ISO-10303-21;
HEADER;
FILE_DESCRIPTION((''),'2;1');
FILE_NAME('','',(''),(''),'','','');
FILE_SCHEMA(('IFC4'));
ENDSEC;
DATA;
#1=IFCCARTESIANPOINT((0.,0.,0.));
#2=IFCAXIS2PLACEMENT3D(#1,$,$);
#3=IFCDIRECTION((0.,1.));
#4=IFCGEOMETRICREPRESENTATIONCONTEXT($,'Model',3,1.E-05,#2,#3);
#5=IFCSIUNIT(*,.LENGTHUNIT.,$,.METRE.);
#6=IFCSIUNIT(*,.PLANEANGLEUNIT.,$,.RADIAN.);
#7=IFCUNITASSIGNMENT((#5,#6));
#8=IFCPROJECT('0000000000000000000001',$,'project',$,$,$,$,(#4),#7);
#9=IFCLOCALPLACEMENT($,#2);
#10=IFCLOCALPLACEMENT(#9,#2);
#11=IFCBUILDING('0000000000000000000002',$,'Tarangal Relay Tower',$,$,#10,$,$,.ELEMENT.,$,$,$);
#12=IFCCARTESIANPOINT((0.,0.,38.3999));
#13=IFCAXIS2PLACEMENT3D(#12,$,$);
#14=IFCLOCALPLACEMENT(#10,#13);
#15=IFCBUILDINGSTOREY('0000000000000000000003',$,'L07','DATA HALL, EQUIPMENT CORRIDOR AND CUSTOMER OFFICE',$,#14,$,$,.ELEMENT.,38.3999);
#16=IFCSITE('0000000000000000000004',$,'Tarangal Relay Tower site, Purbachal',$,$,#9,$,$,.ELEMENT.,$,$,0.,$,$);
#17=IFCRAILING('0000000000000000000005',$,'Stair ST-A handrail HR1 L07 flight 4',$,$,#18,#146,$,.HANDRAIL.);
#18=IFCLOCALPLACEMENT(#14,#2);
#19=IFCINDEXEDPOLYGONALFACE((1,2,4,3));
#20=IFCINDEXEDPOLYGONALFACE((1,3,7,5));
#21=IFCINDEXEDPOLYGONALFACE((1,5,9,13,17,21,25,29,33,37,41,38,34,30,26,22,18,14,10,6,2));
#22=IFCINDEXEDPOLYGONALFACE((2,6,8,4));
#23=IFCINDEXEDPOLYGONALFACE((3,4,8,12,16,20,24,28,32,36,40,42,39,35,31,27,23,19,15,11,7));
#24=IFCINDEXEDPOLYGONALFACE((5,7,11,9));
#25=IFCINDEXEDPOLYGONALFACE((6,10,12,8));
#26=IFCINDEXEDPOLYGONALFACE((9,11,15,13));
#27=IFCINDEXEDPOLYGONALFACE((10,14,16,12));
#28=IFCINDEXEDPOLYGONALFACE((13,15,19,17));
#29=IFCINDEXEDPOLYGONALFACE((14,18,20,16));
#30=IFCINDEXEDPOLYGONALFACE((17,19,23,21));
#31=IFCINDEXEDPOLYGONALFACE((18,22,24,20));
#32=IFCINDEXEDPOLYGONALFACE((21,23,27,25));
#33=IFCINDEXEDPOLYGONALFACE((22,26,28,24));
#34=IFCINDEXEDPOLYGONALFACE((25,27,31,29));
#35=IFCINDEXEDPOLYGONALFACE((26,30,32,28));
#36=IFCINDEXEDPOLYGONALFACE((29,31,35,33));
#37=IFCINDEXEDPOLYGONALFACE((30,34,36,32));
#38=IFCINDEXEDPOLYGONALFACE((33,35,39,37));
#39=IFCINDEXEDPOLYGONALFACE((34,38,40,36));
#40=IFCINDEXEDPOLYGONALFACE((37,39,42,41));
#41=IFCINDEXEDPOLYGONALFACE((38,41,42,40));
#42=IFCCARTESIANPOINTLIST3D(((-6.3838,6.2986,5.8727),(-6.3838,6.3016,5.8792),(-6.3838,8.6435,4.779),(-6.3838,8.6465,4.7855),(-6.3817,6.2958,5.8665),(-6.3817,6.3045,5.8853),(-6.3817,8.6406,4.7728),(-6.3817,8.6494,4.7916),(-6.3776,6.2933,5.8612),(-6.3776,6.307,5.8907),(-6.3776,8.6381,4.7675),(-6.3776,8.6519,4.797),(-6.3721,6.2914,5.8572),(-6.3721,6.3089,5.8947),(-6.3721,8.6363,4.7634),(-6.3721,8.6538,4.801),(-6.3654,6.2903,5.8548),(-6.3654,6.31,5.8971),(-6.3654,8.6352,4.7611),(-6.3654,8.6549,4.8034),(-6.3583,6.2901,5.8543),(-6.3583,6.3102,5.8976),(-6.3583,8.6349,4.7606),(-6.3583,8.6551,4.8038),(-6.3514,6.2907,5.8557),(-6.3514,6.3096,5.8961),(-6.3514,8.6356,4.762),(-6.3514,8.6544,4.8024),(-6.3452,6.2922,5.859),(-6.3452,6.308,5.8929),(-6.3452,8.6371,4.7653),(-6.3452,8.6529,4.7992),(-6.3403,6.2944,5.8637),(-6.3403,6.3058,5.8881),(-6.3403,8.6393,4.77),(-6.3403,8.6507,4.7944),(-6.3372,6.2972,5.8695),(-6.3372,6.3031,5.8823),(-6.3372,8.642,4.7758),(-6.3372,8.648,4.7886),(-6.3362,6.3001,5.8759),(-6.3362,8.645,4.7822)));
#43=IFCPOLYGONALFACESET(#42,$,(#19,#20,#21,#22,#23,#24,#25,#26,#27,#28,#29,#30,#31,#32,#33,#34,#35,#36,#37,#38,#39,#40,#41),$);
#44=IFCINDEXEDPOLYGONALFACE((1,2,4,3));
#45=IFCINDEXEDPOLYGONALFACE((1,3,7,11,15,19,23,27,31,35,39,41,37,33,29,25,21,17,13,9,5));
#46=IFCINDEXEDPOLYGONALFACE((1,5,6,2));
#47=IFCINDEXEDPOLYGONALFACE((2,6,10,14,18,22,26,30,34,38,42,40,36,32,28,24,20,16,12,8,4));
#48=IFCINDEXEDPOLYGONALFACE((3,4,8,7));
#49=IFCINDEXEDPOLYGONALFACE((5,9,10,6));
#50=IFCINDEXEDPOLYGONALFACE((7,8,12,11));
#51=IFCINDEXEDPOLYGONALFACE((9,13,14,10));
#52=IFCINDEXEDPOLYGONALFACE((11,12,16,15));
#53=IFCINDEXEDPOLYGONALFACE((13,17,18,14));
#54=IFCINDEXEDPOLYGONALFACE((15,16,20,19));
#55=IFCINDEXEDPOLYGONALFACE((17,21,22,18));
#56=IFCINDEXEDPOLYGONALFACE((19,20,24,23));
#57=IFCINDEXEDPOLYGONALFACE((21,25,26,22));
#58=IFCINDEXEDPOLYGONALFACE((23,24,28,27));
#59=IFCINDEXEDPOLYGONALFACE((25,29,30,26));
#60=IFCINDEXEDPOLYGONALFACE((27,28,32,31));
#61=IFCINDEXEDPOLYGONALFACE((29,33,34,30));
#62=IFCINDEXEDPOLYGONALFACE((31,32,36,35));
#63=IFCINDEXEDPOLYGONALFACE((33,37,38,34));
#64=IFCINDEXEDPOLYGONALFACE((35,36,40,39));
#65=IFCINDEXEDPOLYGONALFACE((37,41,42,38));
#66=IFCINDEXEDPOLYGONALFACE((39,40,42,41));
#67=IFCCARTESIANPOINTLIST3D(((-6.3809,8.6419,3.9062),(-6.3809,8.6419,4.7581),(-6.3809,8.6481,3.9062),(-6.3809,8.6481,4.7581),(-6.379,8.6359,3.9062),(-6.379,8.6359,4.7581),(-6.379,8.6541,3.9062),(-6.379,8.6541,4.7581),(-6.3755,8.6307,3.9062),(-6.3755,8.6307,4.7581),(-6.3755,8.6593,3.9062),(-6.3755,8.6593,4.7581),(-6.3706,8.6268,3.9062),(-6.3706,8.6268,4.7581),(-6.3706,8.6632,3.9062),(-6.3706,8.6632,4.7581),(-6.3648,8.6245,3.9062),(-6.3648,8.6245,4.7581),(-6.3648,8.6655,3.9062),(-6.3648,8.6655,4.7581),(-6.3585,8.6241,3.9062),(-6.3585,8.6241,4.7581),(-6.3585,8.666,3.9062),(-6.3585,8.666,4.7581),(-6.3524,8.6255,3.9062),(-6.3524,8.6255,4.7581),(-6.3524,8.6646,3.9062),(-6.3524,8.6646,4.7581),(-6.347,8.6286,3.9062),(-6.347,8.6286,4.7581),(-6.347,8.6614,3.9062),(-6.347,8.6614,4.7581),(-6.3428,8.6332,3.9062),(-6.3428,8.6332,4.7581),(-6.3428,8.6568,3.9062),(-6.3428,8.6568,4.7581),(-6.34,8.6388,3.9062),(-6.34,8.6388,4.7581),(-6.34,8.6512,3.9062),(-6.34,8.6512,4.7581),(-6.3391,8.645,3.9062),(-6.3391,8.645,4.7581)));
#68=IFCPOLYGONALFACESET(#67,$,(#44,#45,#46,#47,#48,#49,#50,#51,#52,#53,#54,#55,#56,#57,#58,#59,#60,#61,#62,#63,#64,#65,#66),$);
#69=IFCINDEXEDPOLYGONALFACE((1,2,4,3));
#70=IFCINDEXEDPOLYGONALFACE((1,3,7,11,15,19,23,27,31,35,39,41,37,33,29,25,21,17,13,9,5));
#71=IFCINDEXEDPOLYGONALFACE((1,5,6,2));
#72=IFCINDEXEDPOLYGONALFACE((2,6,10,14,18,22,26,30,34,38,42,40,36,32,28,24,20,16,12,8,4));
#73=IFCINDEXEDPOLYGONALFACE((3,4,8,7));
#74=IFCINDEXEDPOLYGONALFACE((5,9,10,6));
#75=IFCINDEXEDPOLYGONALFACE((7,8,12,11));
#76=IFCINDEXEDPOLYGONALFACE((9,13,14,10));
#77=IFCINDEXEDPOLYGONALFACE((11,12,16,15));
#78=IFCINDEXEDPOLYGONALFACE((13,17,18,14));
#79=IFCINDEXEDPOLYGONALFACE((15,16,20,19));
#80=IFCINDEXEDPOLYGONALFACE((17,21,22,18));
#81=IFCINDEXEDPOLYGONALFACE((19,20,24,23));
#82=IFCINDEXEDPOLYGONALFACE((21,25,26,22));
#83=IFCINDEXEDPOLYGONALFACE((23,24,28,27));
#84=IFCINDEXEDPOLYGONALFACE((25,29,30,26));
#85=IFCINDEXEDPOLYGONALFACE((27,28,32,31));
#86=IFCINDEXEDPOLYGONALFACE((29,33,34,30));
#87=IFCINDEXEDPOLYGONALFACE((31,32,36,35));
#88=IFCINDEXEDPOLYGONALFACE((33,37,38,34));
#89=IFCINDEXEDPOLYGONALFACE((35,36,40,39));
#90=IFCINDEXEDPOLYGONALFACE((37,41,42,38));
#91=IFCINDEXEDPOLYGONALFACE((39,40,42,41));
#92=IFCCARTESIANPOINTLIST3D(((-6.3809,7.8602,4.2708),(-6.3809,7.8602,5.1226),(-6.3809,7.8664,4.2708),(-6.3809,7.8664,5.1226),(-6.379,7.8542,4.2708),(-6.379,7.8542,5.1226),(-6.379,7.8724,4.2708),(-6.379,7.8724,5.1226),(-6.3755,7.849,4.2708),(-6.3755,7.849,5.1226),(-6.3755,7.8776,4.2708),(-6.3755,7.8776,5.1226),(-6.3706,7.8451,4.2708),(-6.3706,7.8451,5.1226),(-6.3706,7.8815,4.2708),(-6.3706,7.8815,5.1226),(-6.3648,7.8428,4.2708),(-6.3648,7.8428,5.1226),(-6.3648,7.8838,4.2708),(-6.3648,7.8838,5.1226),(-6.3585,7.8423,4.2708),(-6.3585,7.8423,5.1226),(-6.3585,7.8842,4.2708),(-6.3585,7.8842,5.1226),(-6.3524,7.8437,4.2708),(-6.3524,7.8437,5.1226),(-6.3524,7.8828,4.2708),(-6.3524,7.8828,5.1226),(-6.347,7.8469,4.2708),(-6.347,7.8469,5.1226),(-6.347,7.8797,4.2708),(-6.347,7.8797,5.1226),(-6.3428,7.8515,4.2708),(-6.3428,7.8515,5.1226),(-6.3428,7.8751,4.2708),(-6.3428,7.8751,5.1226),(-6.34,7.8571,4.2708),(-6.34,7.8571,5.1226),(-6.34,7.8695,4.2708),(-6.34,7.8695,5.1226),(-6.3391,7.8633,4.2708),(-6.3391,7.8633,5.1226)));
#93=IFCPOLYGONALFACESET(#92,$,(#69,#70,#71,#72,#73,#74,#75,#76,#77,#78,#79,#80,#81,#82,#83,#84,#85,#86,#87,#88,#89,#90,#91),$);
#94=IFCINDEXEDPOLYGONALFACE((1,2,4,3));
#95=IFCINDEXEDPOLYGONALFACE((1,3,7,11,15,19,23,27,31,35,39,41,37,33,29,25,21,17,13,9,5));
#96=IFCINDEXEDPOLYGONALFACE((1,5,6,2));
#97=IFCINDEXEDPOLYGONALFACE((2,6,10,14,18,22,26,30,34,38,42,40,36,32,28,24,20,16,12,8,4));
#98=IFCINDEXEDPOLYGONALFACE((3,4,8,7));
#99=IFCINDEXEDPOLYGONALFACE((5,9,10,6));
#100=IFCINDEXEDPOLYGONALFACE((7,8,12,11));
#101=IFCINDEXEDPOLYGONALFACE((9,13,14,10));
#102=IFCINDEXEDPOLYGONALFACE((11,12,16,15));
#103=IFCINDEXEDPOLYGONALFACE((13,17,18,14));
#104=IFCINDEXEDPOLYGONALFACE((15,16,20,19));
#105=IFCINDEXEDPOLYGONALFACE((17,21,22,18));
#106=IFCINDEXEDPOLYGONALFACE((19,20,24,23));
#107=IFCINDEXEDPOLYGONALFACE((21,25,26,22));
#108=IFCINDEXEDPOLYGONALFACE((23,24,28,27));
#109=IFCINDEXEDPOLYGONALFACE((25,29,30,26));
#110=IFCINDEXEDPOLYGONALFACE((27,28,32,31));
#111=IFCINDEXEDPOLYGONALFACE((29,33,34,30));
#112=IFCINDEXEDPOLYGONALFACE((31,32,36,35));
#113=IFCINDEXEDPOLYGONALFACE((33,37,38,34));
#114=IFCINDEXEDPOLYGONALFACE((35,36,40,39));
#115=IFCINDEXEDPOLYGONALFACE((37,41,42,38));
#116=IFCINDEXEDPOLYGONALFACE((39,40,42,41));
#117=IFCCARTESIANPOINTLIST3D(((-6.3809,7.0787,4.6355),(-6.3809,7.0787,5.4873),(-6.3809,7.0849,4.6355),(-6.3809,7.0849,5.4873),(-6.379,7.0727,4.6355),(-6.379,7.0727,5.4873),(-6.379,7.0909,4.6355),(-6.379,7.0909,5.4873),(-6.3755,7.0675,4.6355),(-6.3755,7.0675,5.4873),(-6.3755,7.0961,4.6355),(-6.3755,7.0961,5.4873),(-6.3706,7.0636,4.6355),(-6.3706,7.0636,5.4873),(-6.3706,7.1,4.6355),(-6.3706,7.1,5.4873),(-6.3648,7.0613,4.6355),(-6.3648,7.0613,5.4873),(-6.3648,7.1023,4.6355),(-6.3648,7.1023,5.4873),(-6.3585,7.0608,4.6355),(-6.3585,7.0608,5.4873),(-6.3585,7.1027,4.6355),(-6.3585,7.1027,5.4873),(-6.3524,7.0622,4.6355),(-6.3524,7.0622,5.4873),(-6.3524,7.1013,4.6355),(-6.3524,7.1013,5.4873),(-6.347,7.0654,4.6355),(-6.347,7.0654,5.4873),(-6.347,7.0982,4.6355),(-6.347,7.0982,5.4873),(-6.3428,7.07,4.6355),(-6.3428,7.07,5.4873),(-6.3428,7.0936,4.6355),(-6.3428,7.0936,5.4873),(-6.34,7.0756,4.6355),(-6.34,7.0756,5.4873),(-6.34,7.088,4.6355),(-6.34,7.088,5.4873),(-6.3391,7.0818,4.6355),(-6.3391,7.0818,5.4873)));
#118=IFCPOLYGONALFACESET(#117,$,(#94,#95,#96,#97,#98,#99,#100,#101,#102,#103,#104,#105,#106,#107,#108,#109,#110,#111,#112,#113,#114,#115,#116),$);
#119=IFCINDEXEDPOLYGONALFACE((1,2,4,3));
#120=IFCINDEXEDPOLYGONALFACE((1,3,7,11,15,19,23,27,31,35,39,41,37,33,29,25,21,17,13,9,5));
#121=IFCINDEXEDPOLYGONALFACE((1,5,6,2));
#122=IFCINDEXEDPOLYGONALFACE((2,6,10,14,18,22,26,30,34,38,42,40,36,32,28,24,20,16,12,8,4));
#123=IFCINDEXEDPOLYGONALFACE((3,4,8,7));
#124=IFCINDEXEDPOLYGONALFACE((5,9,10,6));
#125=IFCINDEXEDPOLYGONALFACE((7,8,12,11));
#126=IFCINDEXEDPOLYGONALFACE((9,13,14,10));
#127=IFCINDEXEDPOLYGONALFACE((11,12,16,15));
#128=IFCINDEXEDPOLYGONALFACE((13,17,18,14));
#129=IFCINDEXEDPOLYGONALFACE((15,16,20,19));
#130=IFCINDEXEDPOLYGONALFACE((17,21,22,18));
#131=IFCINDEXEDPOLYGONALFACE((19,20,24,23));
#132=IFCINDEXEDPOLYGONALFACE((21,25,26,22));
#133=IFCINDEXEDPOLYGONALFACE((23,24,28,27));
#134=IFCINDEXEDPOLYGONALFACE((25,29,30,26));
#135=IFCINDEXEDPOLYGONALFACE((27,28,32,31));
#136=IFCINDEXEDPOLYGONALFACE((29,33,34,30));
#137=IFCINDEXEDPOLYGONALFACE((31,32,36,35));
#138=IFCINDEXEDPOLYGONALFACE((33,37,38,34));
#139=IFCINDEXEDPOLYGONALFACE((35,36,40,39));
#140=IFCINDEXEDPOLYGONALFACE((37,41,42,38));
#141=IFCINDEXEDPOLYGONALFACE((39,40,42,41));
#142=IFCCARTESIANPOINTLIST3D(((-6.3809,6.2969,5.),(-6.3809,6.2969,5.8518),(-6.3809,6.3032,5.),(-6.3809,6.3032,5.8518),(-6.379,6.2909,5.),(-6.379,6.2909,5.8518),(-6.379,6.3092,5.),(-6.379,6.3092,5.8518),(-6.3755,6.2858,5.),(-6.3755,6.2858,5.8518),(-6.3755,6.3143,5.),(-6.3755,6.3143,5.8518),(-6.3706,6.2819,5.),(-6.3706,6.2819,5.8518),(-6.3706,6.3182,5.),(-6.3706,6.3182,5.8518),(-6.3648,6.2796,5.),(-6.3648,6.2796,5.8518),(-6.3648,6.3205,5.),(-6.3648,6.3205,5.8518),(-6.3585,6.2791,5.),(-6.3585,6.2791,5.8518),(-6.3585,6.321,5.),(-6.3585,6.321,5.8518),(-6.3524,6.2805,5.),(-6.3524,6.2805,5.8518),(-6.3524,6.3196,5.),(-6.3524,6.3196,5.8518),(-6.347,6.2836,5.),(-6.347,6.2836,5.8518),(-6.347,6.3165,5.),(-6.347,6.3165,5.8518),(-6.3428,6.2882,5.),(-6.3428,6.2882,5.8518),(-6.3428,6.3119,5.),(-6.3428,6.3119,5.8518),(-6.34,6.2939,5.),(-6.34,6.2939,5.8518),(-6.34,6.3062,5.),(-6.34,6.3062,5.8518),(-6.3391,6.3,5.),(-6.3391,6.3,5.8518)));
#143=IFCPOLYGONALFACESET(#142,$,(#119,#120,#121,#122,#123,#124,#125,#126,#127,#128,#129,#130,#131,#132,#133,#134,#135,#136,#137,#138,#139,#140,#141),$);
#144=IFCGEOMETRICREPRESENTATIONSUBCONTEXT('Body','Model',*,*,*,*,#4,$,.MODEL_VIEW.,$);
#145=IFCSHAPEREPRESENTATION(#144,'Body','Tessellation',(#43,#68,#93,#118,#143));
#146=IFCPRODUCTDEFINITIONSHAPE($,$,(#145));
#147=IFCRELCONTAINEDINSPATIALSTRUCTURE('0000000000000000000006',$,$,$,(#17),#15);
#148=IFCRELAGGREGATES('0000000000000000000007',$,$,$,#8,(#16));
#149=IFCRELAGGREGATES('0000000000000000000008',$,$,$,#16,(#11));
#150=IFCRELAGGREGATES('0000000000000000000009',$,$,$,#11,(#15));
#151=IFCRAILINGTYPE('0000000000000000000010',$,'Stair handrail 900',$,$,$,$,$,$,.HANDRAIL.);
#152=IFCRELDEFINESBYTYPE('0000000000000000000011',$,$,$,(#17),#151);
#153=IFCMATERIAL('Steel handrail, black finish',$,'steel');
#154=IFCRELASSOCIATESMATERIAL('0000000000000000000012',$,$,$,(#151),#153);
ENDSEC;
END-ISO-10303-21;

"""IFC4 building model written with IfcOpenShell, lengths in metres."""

from ifc_helpers import new_model, si_unit, direction, frame, origin, origin_2d, place, context, subcontext, project, spatial, circle, extrude, material, type_object, element, save


model = new_model("IFC4")

# Units and contexts
model_context = context("Model", 3, precision=1e-05, world=origin(), true_north=direction((0.0, 1.0)))
body_context = subcontext(model_context, "Body", "Model", "MODEL_VIEW")
ifc_project = project(units=[si_unit("LENGTHUNIT", "METRE"), si_unit("PLANEANGLEUNIT", "RADIAN")], contexts=[model_context])

# Site, building, storey
site_placement = place(None, origin())
site = spatial("IfcSite", under=ifc_project, at=site_placement, Name="Tarangal Relay Tower site, Purbachal", CompositionType="ELEMENT", RefElevation=0.0)
building_placement = place(site_placement, origin())
building = spatial("IfcBuilding", under=site, at=building_placement, Name="Tarangal Relay Tower", CompositionType="ELEMENT")
storey_placement = place(building_placement, frame((0.0, 0.0, 38.3999)))
storey = spatial("IfcBuildingStorey", under=building, at=storey_placement, Name="L07", Description="DATA HALL, EQUIPMENT CORRIDOR AND CUSTOMER OFFICE", CompositionType="ELEMENT", Elevation=38.3999)

# Railing
ifc_material_1 = material(Name="Steel handrail, black finish", Category="steel")
railing_type_1 = type_object("IfcRailingType", Name="Stair handrail 900", PredefinedType="HANDRAIL", material=ifc_material_1)
for number, where, name in (
    (1, (-6.3601, 8.645, 3.9062), "Stair ST-A handrail HR1 L07 flight 4"),
):
    element("IfcRailing", number, at=place(storey_placement, frame(where)), inside=storey, type_object=railing_type_1, Name=name, PredefinedType="HANDRAIL", context=body_context, shape_type="SweptSolid", body=[
        extrude(circle(Radius=0.0239, at=origin_2d()), frame((0.0, 0.0, 0.876), z_axis=(0.0, -0.906267, 0.422705), x_axis=(1.0, 0.0, 0.0)), (0.0, 0.0, 1.0), 2.5874),
        extrude(circle(Radius=0.021, at=origin_2d()), origin(), (0.0, 0.0, 1.0), 0.8518),
        extrude(circle(Radius=0.021, at=origin_2d()), frame((0.0, -0.7817, 0.3645)), (0.0, 0.0, 1.0), 0.8518),
        extrude(circle(Radius=0.021, at=origin_2d()), frame((0.0, -1.5632, 0.7292)), (0.0, 0.0, 1.0), 0.8518),
        extrude(circle(Radius=0.021, at=origin_2d()), frame((0.0, -2.345, 1.0938)), (0.0, 0.0, 1.0), 0.8518),
    ])

save(model, "model.ifc")
